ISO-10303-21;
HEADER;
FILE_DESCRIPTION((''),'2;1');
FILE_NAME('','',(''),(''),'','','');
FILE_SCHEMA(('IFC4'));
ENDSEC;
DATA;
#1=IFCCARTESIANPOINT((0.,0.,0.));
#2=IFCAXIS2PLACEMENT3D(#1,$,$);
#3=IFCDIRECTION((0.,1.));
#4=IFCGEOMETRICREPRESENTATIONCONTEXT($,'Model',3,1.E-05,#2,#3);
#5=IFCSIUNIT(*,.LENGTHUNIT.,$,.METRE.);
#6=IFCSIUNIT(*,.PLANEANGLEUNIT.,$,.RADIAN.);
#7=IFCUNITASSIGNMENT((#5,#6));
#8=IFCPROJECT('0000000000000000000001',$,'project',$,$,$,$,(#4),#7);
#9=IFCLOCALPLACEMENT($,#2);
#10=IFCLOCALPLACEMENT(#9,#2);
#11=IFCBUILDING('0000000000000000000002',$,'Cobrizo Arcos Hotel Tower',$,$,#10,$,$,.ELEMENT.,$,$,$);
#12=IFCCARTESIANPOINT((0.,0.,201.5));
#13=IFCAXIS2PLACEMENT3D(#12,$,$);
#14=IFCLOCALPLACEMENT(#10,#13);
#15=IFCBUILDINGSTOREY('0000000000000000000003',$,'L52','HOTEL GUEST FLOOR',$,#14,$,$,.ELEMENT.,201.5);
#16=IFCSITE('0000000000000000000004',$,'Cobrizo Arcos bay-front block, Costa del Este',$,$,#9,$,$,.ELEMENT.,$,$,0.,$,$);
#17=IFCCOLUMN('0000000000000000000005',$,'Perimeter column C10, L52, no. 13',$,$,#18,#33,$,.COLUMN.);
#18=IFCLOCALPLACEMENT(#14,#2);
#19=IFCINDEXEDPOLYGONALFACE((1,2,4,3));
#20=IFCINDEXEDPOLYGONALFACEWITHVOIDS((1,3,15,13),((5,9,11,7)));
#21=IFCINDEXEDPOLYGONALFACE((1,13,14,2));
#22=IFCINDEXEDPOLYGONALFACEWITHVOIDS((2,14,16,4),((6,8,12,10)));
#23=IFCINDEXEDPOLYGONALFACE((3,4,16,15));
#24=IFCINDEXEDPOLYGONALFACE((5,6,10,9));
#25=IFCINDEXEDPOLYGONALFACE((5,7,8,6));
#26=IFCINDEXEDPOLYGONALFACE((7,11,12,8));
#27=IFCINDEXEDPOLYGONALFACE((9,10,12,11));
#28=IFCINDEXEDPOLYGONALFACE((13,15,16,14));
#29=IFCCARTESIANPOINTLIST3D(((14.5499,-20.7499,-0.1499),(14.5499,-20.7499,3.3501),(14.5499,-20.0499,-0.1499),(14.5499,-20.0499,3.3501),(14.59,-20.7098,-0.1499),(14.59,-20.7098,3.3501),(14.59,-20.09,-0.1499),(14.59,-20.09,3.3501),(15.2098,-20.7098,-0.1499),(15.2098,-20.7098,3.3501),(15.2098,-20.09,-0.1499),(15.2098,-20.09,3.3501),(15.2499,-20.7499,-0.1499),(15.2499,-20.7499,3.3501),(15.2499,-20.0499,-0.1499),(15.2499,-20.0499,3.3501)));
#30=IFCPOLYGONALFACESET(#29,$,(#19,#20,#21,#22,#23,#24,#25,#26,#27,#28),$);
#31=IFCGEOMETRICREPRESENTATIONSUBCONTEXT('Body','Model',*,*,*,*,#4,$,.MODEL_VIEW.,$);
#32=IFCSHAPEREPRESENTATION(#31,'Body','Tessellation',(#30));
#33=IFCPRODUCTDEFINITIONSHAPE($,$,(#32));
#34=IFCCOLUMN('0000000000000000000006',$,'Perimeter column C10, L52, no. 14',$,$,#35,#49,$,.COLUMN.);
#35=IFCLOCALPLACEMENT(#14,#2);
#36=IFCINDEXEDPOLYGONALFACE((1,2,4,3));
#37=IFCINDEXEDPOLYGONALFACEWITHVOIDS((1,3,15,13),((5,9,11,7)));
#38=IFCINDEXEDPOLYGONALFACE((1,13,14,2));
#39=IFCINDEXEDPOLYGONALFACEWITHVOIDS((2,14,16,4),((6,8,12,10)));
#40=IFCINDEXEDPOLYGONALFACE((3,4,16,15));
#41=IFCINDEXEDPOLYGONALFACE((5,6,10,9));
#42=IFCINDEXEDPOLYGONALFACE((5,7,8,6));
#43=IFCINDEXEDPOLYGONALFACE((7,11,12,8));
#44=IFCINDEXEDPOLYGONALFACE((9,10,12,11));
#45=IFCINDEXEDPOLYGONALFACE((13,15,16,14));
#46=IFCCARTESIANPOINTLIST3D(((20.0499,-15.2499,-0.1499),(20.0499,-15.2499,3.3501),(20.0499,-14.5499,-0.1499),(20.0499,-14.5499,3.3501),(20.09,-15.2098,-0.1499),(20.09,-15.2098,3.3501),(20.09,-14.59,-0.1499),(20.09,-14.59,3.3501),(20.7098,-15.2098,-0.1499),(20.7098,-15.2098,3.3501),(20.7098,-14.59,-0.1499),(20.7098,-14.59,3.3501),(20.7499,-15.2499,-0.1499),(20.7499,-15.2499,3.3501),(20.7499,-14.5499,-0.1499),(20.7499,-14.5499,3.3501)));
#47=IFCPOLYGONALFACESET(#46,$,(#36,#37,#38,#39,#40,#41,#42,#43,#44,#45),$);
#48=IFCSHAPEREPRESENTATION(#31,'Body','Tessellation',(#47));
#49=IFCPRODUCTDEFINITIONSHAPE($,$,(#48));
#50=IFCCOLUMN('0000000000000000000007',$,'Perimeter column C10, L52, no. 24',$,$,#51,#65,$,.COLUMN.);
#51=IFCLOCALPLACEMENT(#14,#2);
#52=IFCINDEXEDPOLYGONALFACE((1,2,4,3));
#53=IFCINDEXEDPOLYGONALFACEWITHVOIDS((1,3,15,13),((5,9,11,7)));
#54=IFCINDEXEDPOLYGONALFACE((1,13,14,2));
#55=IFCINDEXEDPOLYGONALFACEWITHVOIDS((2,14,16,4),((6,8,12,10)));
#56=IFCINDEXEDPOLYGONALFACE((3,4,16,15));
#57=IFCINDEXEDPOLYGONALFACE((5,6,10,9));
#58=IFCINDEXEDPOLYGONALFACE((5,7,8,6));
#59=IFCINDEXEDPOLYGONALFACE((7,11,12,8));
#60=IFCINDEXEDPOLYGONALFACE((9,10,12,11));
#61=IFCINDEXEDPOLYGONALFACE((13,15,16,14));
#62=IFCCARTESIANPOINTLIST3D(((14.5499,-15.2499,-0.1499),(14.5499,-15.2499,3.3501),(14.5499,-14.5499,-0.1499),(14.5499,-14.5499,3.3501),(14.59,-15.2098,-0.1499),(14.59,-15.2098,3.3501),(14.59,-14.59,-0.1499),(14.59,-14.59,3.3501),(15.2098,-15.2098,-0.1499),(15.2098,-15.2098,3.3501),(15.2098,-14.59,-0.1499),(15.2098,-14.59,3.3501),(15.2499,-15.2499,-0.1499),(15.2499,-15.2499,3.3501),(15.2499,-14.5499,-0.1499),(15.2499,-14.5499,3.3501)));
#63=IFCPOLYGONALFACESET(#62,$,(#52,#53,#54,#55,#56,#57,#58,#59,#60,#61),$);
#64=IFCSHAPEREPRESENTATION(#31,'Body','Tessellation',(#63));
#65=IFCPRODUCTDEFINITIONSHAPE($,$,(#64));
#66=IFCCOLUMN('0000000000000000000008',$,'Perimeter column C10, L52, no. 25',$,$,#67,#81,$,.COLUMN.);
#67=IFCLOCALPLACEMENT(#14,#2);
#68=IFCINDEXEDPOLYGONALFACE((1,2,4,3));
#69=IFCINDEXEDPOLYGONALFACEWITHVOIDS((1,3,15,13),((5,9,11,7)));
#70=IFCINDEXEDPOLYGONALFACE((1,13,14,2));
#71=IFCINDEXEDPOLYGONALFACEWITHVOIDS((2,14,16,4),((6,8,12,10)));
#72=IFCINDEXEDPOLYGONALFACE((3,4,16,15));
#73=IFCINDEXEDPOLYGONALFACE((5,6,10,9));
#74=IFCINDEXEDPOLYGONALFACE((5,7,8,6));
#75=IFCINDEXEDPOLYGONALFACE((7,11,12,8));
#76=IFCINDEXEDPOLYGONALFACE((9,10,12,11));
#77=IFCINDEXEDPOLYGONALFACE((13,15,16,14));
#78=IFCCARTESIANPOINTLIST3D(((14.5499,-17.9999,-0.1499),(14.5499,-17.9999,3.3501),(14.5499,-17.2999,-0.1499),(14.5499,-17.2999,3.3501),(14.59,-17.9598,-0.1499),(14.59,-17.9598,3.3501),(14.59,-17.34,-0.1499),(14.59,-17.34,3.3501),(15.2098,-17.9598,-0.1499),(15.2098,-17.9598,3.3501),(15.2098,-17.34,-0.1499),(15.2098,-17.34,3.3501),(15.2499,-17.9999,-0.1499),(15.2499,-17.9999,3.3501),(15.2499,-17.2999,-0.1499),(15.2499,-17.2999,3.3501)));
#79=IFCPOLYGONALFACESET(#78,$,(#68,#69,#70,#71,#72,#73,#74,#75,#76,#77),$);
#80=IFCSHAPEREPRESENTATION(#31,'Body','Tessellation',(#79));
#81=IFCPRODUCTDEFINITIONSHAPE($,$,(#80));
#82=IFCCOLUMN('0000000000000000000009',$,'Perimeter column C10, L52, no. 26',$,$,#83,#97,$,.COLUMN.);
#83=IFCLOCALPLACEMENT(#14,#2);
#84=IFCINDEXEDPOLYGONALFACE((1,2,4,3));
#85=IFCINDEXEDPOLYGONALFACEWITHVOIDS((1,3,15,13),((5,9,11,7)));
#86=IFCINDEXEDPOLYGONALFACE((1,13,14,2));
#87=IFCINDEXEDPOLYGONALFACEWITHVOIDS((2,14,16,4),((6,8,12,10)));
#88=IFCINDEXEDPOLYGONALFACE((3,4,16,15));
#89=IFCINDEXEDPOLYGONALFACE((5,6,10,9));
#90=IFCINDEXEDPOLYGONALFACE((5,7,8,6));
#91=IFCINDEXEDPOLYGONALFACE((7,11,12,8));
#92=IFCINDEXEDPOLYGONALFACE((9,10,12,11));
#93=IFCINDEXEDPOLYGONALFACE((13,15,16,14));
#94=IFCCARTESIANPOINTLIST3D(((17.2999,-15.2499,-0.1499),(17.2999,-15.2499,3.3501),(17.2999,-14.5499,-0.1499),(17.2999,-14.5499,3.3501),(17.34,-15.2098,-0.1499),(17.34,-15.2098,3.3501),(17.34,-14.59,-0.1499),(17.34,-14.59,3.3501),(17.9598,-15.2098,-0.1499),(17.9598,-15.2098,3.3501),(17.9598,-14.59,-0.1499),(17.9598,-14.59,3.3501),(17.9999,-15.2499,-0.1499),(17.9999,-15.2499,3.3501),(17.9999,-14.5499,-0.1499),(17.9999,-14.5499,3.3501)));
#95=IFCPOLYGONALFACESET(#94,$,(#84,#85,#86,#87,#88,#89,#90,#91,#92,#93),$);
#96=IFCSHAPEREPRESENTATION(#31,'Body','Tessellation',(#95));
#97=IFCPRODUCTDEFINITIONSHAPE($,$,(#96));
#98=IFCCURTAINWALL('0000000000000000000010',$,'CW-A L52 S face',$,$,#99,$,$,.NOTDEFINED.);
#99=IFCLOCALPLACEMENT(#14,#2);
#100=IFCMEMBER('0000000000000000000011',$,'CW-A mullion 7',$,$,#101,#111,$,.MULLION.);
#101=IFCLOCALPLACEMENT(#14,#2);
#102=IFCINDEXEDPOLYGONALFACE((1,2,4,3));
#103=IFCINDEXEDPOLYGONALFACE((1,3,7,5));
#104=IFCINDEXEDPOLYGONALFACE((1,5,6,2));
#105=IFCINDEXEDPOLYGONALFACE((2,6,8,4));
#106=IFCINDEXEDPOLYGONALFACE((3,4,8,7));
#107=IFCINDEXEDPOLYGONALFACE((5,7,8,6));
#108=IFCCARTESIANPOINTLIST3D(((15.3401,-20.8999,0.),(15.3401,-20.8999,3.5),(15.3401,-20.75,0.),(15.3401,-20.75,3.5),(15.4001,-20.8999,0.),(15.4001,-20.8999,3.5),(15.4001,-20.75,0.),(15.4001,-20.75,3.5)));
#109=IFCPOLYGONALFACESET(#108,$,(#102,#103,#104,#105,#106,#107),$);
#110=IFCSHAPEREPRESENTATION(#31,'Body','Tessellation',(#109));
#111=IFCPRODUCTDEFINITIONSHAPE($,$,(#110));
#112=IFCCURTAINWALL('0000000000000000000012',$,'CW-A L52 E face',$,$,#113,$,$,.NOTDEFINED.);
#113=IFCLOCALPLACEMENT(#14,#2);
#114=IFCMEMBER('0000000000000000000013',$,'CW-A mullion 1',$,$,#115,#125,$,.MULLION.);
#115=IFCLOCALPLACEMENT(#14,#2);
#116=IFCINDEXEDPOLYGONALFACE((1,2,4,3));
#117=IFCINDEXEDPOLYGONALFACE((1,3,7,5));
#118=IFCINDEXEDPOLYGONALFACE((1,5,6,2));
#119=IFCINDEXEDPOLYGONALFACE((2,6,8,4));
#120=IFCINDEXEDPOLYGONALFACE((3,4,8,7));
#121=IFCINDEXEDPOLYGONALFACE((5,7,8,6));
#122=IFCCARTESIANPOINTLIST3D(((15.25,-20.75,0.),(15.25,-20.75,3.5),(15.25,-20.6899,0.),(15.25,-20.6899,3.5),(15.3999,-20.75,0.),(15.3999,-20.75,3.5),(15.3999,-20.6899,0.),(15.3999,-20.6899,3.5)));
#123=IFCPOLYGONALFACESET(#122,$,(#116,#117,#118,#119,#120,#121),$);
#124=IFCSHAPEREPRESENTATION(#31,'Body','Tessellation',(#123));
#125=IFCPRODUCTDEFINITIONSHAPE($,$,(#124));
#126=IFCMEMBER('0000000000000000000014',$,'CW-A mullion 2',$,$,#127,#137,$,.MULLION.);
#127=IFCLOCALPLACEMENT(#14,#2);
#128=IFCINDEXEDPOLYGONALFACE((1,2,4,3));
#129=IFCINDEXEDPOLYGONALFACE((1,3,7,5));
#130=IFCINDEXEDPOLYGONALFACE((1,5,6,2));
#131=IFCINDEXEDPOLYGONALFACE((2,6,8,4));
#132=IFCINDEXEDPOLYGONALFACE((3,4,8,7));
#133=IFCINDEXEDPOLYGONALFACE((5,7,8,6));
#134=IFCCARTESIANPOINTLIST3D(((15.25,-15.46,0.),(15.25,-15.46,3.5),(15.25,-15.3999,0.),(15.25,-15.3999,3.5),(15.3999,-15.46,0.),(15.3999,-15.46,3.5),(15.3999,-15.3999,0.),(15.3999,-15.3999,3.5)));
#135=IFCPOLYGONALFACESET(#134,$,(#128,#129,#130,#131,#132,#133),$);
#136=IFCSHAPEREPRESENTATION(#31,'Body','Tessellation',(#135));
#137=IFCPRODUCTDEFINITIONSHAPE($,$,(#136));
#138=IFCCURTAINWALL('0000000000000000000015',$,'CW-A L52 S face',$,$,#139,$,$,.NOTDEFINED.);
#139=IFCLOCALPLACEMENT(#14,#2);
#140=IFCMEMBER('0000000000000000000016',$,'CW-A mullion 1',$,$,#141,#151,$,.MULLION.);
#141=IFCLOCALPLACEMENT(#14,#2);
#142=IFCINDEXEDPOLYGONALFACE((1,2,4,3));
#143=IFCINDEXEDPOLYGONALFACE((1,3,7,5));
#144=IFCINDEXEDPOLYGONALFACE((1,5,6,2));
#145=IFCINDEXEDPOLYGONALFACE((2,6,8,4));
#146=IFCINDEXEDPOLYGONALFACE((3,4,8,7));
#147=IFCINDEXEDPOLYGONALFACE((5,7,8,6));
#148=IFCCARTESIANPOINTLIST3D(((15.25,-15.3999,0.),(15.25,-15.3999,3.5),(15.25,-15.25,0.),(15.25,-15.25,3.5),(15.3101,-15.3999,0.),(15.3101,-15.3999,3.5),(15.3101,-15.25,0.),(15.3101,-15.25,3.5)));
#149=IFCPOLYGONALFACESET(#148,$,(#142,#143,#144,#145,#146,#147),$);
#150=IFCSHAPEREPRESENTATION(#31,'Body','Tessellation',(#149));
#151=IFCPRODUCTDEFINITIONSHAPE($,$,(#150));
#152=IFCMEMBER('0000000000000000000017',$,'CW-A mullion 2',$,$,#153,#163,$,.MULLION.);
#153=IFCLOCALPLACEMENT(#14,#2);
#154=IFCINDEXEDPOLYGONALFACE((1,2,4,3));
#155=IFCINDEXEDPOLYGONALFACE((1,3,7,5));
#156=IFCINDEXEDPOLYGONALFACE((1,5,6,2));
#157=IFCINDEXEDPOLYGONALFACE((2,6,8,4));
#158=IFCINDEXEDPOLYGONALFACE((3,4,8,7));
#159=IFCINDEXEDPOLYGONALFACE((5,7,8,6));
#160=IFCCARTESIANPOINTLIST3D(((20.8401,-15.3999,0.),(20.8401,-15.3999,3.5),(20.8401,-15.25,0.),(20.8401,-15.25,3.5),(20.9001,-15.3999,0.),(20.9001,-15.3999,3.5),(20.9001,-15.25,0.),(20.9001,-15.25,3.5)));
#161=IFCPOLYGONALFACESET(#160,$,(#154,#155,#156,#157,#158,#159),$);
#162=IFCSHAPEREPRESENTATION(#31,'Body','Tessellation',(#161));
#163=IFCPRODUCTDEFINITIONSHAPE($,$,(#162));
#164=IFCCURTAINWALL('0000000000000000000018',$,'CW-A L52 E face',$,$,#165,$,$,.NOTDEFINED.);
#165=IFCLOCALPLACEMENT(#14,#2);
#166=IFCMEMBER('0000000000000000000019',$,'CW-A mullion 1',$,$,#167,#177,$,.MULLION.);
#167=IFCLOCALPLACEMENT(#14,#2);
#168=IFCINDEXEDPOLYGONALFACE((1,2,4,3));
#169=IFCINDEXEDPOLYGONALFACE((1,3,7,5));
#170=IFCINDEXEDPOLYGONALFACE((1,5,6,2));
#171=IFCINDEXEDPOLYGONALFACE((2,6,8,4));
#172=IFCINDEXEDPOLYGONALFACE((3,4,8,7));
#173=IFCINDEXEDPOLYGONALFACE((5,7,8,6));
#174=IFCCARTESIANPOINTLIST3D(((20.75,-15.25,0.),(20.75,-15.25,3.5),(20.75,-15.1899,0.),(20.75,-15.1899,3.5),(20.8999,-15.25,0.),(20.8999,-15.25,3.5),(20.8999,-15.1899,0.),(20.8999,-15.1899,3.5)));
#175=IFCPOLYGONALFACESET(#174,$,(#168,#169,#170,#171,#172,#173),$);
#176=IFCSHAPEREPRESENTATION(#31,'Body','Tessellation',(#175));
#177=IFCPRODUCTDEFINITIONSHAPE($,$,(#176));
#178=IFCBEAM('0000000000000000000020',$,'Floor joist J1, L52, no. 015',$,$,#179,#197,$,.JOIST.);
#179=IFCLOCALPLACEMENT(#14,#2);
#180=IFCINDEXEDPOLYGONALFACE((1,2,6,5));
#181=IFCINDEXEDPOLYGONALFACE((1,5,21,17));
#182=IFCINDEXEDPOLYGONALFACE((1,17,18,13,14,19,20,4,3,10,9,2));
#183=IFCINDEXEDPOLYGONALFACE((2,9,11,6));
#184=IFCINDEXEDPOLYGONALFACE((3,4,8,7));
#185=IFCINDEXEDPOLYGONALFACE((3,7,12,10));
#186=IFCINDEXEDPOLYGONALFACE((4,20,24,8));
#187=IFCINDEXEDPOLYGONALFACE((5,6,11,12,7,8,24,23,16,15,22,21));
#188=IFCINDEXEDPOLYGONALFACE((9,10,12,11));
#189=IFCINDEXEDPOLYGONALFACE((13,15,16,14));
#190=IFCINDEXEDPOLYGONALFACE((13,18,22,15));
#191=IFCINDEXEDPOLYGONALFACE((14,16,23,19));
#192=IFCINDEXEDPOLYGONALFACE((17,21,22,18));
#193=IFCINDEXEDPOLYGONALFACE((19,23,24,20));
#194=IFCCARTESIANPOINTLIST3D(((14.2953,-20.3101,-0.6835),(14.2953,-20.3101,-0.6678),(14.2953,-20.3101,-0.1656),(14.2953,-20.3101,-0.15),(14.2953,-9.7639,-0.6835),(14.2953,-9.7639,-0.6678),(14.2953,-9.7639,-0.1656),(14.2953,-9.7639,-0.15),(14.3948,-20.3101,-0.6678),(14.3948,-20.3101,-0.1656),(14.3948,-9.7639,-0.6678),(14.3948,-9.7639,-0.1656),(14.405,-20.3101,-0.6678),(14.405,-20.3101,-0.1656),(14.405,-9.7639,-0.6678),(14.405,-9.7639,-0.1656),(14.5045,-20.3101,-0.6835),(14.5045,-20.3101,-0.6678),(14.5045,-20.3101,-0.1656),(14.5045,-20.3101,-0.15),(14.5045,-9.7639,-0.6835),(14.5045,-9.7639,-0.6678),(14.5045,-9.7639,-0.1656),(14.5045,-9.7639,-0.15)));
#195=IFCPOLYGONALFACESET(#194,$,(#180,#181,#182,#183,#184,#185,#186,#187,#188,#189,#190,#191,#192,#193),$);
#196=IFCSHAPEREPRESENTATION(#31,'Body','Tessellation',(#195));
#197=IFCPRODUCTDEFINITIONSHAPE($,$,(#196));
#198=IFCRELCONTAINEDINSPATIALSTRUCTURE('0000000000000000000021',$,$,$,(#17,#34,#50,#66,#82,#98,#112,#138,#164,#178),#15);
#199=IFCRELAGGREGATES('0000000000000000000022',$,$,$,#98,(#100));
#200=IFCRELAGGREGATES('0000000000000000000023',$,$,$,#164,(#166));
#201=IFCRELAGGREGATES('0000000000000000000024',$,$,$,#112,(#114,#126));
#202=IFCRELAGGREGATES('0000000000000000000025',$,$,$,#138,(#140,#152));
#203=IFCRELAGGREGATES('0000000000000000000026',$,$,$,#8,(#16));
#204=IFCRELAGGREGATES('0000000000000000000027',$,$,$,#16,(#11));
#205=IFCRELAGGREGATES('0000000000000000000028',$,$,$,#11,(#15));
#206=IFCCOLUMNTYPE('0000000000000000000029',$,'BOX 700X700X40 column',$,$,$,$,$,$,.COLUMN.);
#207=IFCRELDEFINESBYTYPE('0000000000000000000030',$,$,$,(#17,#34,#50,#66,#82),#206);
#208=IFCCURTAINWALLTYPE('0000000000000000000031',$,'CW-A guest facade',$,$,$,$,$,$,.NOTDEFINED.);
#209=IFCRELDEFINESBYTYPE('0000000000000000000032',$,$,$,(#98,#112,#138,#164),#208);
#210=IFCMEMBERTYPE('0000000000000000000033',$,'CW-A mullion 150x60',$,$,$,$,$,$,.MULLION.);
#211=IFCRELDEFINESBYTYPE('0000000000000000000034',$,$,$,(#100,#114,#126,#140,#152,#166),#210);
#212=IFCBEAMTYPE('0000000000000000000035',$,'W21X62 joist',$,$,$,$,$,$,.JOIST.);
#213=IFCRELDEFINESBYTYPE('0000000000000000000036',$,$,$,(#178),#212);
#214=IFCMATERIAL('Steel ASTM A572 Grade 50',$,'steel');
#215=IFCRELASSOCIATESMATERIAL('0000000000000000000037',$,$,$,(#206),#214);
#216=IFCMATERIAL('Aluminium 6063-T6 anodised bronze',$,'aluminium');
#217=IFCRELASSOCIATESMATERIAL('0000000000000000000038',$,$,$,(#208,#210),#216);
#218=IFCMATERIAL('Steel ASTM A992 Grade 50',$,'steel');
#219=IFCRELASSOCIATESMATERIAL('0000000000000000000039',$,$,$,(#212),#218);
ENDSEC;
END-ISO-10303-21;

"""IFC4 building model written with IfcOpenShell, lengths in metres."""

from ifc_helpers import new_model, si_unit, direction, frame, origin, origin_2d, place, context, subcontext, project, spatial, rectangle, hollow_rectangle, i_section, extrude, material, material_profile, profile_set, type_object, element, aggregate, save


model = new_model("IFC4")

# Units and contexts
model_context = context("Model", 3, precision=1e-05, world=origin(), true_north=direction((0.0, 1.0)))
body_context = subcontext(model_context, "Body", "Model", "MODEL_VIEW")
ifc_project = project(units=[si_unit("LENGTHUNIT", "METRE"), si_unit("PLANEANGLEUNIT", "RADIAN")], contexts=[model_context])

# Site, building, storey
site_placement = place(None, origin())
site = spatial("IfcSite", under=ifc_project, at=site_placement, Name="Cobrizo Arcos bay-front block, Costa del Este", CompositionType="ELEMENT", RefElevation=0.0)
building_placement = place(site_placement, origin())
building = spatial("IfcBuilding", under=site, at=building_placement, Name="Cobrizo Arcos Hotel Tower", CompositionType="ELEMENT")
storey_placement = place(building_placement, frame((0.0, 0.0, 201.5)))
storey = spatial("IfcBuildingStorey", under=building, at=storey_placement, Name="L52", Description="HOTEL GUEST FLOOR", CompositionType="ELEMENT", Elevation=201.5)

# Columns
ifc_material_1 = material(Name="Steel ASTM A572 Grade 50", Category="steel")
ifc_material_profile_1 = material_profile(ifc_material_1, hollow_rectangle(XDim=0.7, YDim=0.7, WallThickness=0.04, at=origin_2d()), Name="BOX 700X700X40")
ifc_profile_set_1 = profile_set([ifc_material_profile_1], Name="Steel ASTM A572 Grade 50")
column_type = type_object("IfcColumnType", Name="BOX 700X700X40 column", PredefinedType="COLUMN", material=ifc_profile_set_1)
for number, where, z_axis, x_axis, name in (
    (1, (14.8999, -20.3999, -0.1499), (0.0, 0.0, 1.0), (1.0, 0.0, 0.0), "Perimeter column C10, L52, no. 13"),
    (2, (20.3999, -14.8999, -0.1499), (0.0, 0.0, 1.0), (1.0, 0.0, 0.0), "Perimeter column C10, L52, no. 14"),
    (3, (14.8999, -14.8999, -0.1499), (0.0, 0.0, 1.0), (1.0, 0.0, 0.0), "Perimeter column C10, L52, no. 24"),
    (4, (14.8999, -17.6499, -0.1499), (0.0, 0.0, 1.0), (1.0, 0.0, 0.0), "Perimeter column C10, L52, no. 25"),
    (5, (17.6499, -14.8999, -0.1499), (0.0, 0.0, 1.0), (1.0, 0.0, 0.0), "Perimeter column C10, L52, no. 26"),
):
    element("IfcColumn", number, at=place(storey_placement, frame(where, z_axis=z_axis, x_axis=x_axis)), inside=storey, type_object=column_type, Name=name, PredefinedType="COLUMN", context=body_context, shape_type="SweptSolid", body=[
        extrude(hollow_rectangle(XDim=0.7, YDim=0.7, WallThickness=0.04, at=origin_2d()), origin(), (0.0, 0.0, 1.0), 3.5),
    ])

# Curtain wall, member
ifc_material_2 = material(Name="Aluminium 6063-T6 anodised bronze", Category="aluminium")
curtain_wall_type = type_object("IfcCurtainWallType", Name="CW-A guest facade", PredefinedType="NOTDEFINED", material=ifc_material_2)
curtain_wall_1_placement = place(storey_placement, origin())
curtain_wall_1 = element("IfcCurtainWall", 6, at=curtain_wall_1_placement, inside=storey, type_object=curtain_wall_type, Name="CW-A L52 S face", PredefinedType="NOTDEFINED")
ifc_material_profile_2 = material_profile(ifc_material_2, rectangle(XDim=0.1499, YDim=0.0601, at=origin_2d()), Name="CW-A mullion 150x60")
ifc_profile_set_2 = profile_set([ifc_material_profile_2], Name="Aluminium 6063-T6 anodised bronze")
member_type = type_object("IfcMemberType", Name="CW-A mullion 150x60", PredefinedType="MULLION", material=ifc_profile_set_2)
member_1_placement = place(storey_placement, frame((15.3701, -20.825, 0.0), z_axis=(0.0, 0.0, 1.0), x_axis=(0.0, -1.0, 0.0)))
member_1 = element("IfcMember", 7, at=member_1_placement, type_object=member_type, Name="CW-A mullion 7", PredefinedType="MULLION", context=body_context, shape_type="SweptSolid", body=[
    extrude(rectangle(XDim=0.1499, YDim=0.0601, at=origin_2d()), origin(), (0.0, 0.0, 1.0), 3.5),
])
aggregate(curtain_wall_1, [member_1])

# Curtain walls, members
curtain_wall_2_placement = place(storey_placement, origin())
curtain_wall_2 = element("IfcCurtainWall", 8, at=curtain_wall_2_placement, inside=storey, type_object=curtain_wall_type, Name="CW-A L52 E face", PredefinedType="NOTDEFINED")
member_2_placement = place(storey_placement, frame((15.325, -20.72, 0.0), z_axis=(0.0, 0.0, 1.0), x_axis=(1.0, 0.0, 0.0)))
member_2 = element("IfcMember", 9, at=member_2_placement, type_object=member_type, Name="CW-A mullion 1", PredefinedType="MULLION", context=body_context, shape_type="SweptSolid", body=[
    extrude(rectangle(XDim=0.1499, YDim=0.0601, at=origin_2d()), origin(), (0.0, 0.0, 1.0), 3.5),
])
member_3_placement = place(storey_placement, frame((15.325, -15.4299, 0.0), z_axis=(0.0, 0.0, 1.0), x_axis=(1.0, 0.0, 0.0)))
member_3 = element("IfcMember", 10, at=member_3_placement, type_object=member_type, Name="CW-A mullion 2", PredefinedType="MULLION", context=body_context, shape_type="SweptSolid", body=[
    extrude(rectangle(XDim=0.1499, YDim=0.0601, at=origin_2d()), origin(), (0.0, 0.0, 1.0), 3.5),
])
curtain_wall_3_placement = place(storey_placement, origin())
curtain_wall_3 = element("IfcCurtainWall", 11, at=curtain_wall_3_placement, inside=storey, type_object=curtain_wall_type, Name="CW-A L52 S face", PredefinedType="NOTDEFINED")
member_4_placement = place(storey_placement, frame((15.28, -15.325, 0.0), z_axis=(0.0, 0.0, 1.0), x_axis=(0.0, -1.0, 0.0)))
member_4 = element("IfcMember", 12, at=member_4_placement, type_object=member_type, Name="CW-A mullion 1", PredefinedType="MULLION", context=body_context, shape_type="SweptSolid", body=[
    extrude(rectangle(XDim=0.1499, YDim=0.0601, at=origin_2d()), origin(), (0.0, 0.0, 1.0), 3.5),
])
member_5_placement = place(storey_placement, frame((20.8701, -15.325, 0.0), z_axis=(0.0, 0.0, 1.0), x_axis=(0.0, -1.0, 0.0)))
member_5 = element("IfcMember", 13, at=member_5_placement, type_object=member_type, Name="CW-A mullion 2", PredefinedType="MULLION", context=body_context, shape_type="SweptSolid", body=[
    extrude(rectangle(XDim=0.1499, YDim=0.0601, at=origin_2d()), origin(), (0.0, 0.0, 1.0), 3.5),
])

# Curtain wall, member
curtain_wall_4_placement = place(storey_placement, origin())
curtain_wall_4 = element("IfcCurtainWall", 14, at=curtain_wall_4_placement, inside=storey, type_object=curtain_wall_type, Name="CW-A L52 E face", PredefinedType="NOTDEFINED")
member_6_placement = place(storey_placement, frame((20.825, -15.22, 0.0), z_axis=(0.0, 0.0, 1.0), x_axis=(1.0, 0.0, 0.0)))
member_6 = element("IfcMember", 15, at=member_6_placement, type_object=member_type, Name="CW-A mullion 1", PredefinedType="MULLION", context=body_context, shape_type="SweptSolid", body=[
    extrude(rectangle(XDim=0.1499, YDim=0.0601, at=origin_2d()), origin(), (0.0, 0.0, 1.0), 3.5),
])
aggregate(curtain_wall_4, [member_6])

# Beam
ifc_material_3 = material(Name="Steel ASTM A992 Grade 50", Category="steel")
ifc_material_profile_3 = material_profile(ifc_material_3, i_section(OverallWidth=0.2092, OverallDepth=0.5334, WebThickness=0.0103, FlangeThickness=0.0156, at=origin_2d()), Name="W21X62")
ifc_profile_set_3 = profile_set([ifc_material_profile_3], Name="Steel ASTM A992 Grade 50")
beam_type_1 = type_object("IfcBeamType", Name="W21X62 joist", PredefinedType="JOIST", material=ifc_profile_set_3)
beam_1_placement = place(storey_placement, frame((14.3999, -20.3101, -0.4167), z_axis=(0.0, 1.0, 0.0), x_axis=(-1.0, 0.0, 0.0)))
element("IfcBeam", 16, at=beam_1_placement, inside=storey, type_object=beam_type_1, Name="Floor joist J1, L52, no. 015", PredefinedType="JOIST", context=body_context, shape_type="SweptSolid", body=[
    extrude(i_section(OverallWidth=0.2092, OverallDepth=0.5334, WebThickness=0.0103, FlangeThickness=0.0156, at=origin_2d()), origin(), (0.0, 0.0, 1.0), 10.5461),
])

aggregate(curtain_wall_2, [member_2, member_3])
aggregate(curtain_wall_3, [member_4, member_5])

save(model, "model.ifc")
